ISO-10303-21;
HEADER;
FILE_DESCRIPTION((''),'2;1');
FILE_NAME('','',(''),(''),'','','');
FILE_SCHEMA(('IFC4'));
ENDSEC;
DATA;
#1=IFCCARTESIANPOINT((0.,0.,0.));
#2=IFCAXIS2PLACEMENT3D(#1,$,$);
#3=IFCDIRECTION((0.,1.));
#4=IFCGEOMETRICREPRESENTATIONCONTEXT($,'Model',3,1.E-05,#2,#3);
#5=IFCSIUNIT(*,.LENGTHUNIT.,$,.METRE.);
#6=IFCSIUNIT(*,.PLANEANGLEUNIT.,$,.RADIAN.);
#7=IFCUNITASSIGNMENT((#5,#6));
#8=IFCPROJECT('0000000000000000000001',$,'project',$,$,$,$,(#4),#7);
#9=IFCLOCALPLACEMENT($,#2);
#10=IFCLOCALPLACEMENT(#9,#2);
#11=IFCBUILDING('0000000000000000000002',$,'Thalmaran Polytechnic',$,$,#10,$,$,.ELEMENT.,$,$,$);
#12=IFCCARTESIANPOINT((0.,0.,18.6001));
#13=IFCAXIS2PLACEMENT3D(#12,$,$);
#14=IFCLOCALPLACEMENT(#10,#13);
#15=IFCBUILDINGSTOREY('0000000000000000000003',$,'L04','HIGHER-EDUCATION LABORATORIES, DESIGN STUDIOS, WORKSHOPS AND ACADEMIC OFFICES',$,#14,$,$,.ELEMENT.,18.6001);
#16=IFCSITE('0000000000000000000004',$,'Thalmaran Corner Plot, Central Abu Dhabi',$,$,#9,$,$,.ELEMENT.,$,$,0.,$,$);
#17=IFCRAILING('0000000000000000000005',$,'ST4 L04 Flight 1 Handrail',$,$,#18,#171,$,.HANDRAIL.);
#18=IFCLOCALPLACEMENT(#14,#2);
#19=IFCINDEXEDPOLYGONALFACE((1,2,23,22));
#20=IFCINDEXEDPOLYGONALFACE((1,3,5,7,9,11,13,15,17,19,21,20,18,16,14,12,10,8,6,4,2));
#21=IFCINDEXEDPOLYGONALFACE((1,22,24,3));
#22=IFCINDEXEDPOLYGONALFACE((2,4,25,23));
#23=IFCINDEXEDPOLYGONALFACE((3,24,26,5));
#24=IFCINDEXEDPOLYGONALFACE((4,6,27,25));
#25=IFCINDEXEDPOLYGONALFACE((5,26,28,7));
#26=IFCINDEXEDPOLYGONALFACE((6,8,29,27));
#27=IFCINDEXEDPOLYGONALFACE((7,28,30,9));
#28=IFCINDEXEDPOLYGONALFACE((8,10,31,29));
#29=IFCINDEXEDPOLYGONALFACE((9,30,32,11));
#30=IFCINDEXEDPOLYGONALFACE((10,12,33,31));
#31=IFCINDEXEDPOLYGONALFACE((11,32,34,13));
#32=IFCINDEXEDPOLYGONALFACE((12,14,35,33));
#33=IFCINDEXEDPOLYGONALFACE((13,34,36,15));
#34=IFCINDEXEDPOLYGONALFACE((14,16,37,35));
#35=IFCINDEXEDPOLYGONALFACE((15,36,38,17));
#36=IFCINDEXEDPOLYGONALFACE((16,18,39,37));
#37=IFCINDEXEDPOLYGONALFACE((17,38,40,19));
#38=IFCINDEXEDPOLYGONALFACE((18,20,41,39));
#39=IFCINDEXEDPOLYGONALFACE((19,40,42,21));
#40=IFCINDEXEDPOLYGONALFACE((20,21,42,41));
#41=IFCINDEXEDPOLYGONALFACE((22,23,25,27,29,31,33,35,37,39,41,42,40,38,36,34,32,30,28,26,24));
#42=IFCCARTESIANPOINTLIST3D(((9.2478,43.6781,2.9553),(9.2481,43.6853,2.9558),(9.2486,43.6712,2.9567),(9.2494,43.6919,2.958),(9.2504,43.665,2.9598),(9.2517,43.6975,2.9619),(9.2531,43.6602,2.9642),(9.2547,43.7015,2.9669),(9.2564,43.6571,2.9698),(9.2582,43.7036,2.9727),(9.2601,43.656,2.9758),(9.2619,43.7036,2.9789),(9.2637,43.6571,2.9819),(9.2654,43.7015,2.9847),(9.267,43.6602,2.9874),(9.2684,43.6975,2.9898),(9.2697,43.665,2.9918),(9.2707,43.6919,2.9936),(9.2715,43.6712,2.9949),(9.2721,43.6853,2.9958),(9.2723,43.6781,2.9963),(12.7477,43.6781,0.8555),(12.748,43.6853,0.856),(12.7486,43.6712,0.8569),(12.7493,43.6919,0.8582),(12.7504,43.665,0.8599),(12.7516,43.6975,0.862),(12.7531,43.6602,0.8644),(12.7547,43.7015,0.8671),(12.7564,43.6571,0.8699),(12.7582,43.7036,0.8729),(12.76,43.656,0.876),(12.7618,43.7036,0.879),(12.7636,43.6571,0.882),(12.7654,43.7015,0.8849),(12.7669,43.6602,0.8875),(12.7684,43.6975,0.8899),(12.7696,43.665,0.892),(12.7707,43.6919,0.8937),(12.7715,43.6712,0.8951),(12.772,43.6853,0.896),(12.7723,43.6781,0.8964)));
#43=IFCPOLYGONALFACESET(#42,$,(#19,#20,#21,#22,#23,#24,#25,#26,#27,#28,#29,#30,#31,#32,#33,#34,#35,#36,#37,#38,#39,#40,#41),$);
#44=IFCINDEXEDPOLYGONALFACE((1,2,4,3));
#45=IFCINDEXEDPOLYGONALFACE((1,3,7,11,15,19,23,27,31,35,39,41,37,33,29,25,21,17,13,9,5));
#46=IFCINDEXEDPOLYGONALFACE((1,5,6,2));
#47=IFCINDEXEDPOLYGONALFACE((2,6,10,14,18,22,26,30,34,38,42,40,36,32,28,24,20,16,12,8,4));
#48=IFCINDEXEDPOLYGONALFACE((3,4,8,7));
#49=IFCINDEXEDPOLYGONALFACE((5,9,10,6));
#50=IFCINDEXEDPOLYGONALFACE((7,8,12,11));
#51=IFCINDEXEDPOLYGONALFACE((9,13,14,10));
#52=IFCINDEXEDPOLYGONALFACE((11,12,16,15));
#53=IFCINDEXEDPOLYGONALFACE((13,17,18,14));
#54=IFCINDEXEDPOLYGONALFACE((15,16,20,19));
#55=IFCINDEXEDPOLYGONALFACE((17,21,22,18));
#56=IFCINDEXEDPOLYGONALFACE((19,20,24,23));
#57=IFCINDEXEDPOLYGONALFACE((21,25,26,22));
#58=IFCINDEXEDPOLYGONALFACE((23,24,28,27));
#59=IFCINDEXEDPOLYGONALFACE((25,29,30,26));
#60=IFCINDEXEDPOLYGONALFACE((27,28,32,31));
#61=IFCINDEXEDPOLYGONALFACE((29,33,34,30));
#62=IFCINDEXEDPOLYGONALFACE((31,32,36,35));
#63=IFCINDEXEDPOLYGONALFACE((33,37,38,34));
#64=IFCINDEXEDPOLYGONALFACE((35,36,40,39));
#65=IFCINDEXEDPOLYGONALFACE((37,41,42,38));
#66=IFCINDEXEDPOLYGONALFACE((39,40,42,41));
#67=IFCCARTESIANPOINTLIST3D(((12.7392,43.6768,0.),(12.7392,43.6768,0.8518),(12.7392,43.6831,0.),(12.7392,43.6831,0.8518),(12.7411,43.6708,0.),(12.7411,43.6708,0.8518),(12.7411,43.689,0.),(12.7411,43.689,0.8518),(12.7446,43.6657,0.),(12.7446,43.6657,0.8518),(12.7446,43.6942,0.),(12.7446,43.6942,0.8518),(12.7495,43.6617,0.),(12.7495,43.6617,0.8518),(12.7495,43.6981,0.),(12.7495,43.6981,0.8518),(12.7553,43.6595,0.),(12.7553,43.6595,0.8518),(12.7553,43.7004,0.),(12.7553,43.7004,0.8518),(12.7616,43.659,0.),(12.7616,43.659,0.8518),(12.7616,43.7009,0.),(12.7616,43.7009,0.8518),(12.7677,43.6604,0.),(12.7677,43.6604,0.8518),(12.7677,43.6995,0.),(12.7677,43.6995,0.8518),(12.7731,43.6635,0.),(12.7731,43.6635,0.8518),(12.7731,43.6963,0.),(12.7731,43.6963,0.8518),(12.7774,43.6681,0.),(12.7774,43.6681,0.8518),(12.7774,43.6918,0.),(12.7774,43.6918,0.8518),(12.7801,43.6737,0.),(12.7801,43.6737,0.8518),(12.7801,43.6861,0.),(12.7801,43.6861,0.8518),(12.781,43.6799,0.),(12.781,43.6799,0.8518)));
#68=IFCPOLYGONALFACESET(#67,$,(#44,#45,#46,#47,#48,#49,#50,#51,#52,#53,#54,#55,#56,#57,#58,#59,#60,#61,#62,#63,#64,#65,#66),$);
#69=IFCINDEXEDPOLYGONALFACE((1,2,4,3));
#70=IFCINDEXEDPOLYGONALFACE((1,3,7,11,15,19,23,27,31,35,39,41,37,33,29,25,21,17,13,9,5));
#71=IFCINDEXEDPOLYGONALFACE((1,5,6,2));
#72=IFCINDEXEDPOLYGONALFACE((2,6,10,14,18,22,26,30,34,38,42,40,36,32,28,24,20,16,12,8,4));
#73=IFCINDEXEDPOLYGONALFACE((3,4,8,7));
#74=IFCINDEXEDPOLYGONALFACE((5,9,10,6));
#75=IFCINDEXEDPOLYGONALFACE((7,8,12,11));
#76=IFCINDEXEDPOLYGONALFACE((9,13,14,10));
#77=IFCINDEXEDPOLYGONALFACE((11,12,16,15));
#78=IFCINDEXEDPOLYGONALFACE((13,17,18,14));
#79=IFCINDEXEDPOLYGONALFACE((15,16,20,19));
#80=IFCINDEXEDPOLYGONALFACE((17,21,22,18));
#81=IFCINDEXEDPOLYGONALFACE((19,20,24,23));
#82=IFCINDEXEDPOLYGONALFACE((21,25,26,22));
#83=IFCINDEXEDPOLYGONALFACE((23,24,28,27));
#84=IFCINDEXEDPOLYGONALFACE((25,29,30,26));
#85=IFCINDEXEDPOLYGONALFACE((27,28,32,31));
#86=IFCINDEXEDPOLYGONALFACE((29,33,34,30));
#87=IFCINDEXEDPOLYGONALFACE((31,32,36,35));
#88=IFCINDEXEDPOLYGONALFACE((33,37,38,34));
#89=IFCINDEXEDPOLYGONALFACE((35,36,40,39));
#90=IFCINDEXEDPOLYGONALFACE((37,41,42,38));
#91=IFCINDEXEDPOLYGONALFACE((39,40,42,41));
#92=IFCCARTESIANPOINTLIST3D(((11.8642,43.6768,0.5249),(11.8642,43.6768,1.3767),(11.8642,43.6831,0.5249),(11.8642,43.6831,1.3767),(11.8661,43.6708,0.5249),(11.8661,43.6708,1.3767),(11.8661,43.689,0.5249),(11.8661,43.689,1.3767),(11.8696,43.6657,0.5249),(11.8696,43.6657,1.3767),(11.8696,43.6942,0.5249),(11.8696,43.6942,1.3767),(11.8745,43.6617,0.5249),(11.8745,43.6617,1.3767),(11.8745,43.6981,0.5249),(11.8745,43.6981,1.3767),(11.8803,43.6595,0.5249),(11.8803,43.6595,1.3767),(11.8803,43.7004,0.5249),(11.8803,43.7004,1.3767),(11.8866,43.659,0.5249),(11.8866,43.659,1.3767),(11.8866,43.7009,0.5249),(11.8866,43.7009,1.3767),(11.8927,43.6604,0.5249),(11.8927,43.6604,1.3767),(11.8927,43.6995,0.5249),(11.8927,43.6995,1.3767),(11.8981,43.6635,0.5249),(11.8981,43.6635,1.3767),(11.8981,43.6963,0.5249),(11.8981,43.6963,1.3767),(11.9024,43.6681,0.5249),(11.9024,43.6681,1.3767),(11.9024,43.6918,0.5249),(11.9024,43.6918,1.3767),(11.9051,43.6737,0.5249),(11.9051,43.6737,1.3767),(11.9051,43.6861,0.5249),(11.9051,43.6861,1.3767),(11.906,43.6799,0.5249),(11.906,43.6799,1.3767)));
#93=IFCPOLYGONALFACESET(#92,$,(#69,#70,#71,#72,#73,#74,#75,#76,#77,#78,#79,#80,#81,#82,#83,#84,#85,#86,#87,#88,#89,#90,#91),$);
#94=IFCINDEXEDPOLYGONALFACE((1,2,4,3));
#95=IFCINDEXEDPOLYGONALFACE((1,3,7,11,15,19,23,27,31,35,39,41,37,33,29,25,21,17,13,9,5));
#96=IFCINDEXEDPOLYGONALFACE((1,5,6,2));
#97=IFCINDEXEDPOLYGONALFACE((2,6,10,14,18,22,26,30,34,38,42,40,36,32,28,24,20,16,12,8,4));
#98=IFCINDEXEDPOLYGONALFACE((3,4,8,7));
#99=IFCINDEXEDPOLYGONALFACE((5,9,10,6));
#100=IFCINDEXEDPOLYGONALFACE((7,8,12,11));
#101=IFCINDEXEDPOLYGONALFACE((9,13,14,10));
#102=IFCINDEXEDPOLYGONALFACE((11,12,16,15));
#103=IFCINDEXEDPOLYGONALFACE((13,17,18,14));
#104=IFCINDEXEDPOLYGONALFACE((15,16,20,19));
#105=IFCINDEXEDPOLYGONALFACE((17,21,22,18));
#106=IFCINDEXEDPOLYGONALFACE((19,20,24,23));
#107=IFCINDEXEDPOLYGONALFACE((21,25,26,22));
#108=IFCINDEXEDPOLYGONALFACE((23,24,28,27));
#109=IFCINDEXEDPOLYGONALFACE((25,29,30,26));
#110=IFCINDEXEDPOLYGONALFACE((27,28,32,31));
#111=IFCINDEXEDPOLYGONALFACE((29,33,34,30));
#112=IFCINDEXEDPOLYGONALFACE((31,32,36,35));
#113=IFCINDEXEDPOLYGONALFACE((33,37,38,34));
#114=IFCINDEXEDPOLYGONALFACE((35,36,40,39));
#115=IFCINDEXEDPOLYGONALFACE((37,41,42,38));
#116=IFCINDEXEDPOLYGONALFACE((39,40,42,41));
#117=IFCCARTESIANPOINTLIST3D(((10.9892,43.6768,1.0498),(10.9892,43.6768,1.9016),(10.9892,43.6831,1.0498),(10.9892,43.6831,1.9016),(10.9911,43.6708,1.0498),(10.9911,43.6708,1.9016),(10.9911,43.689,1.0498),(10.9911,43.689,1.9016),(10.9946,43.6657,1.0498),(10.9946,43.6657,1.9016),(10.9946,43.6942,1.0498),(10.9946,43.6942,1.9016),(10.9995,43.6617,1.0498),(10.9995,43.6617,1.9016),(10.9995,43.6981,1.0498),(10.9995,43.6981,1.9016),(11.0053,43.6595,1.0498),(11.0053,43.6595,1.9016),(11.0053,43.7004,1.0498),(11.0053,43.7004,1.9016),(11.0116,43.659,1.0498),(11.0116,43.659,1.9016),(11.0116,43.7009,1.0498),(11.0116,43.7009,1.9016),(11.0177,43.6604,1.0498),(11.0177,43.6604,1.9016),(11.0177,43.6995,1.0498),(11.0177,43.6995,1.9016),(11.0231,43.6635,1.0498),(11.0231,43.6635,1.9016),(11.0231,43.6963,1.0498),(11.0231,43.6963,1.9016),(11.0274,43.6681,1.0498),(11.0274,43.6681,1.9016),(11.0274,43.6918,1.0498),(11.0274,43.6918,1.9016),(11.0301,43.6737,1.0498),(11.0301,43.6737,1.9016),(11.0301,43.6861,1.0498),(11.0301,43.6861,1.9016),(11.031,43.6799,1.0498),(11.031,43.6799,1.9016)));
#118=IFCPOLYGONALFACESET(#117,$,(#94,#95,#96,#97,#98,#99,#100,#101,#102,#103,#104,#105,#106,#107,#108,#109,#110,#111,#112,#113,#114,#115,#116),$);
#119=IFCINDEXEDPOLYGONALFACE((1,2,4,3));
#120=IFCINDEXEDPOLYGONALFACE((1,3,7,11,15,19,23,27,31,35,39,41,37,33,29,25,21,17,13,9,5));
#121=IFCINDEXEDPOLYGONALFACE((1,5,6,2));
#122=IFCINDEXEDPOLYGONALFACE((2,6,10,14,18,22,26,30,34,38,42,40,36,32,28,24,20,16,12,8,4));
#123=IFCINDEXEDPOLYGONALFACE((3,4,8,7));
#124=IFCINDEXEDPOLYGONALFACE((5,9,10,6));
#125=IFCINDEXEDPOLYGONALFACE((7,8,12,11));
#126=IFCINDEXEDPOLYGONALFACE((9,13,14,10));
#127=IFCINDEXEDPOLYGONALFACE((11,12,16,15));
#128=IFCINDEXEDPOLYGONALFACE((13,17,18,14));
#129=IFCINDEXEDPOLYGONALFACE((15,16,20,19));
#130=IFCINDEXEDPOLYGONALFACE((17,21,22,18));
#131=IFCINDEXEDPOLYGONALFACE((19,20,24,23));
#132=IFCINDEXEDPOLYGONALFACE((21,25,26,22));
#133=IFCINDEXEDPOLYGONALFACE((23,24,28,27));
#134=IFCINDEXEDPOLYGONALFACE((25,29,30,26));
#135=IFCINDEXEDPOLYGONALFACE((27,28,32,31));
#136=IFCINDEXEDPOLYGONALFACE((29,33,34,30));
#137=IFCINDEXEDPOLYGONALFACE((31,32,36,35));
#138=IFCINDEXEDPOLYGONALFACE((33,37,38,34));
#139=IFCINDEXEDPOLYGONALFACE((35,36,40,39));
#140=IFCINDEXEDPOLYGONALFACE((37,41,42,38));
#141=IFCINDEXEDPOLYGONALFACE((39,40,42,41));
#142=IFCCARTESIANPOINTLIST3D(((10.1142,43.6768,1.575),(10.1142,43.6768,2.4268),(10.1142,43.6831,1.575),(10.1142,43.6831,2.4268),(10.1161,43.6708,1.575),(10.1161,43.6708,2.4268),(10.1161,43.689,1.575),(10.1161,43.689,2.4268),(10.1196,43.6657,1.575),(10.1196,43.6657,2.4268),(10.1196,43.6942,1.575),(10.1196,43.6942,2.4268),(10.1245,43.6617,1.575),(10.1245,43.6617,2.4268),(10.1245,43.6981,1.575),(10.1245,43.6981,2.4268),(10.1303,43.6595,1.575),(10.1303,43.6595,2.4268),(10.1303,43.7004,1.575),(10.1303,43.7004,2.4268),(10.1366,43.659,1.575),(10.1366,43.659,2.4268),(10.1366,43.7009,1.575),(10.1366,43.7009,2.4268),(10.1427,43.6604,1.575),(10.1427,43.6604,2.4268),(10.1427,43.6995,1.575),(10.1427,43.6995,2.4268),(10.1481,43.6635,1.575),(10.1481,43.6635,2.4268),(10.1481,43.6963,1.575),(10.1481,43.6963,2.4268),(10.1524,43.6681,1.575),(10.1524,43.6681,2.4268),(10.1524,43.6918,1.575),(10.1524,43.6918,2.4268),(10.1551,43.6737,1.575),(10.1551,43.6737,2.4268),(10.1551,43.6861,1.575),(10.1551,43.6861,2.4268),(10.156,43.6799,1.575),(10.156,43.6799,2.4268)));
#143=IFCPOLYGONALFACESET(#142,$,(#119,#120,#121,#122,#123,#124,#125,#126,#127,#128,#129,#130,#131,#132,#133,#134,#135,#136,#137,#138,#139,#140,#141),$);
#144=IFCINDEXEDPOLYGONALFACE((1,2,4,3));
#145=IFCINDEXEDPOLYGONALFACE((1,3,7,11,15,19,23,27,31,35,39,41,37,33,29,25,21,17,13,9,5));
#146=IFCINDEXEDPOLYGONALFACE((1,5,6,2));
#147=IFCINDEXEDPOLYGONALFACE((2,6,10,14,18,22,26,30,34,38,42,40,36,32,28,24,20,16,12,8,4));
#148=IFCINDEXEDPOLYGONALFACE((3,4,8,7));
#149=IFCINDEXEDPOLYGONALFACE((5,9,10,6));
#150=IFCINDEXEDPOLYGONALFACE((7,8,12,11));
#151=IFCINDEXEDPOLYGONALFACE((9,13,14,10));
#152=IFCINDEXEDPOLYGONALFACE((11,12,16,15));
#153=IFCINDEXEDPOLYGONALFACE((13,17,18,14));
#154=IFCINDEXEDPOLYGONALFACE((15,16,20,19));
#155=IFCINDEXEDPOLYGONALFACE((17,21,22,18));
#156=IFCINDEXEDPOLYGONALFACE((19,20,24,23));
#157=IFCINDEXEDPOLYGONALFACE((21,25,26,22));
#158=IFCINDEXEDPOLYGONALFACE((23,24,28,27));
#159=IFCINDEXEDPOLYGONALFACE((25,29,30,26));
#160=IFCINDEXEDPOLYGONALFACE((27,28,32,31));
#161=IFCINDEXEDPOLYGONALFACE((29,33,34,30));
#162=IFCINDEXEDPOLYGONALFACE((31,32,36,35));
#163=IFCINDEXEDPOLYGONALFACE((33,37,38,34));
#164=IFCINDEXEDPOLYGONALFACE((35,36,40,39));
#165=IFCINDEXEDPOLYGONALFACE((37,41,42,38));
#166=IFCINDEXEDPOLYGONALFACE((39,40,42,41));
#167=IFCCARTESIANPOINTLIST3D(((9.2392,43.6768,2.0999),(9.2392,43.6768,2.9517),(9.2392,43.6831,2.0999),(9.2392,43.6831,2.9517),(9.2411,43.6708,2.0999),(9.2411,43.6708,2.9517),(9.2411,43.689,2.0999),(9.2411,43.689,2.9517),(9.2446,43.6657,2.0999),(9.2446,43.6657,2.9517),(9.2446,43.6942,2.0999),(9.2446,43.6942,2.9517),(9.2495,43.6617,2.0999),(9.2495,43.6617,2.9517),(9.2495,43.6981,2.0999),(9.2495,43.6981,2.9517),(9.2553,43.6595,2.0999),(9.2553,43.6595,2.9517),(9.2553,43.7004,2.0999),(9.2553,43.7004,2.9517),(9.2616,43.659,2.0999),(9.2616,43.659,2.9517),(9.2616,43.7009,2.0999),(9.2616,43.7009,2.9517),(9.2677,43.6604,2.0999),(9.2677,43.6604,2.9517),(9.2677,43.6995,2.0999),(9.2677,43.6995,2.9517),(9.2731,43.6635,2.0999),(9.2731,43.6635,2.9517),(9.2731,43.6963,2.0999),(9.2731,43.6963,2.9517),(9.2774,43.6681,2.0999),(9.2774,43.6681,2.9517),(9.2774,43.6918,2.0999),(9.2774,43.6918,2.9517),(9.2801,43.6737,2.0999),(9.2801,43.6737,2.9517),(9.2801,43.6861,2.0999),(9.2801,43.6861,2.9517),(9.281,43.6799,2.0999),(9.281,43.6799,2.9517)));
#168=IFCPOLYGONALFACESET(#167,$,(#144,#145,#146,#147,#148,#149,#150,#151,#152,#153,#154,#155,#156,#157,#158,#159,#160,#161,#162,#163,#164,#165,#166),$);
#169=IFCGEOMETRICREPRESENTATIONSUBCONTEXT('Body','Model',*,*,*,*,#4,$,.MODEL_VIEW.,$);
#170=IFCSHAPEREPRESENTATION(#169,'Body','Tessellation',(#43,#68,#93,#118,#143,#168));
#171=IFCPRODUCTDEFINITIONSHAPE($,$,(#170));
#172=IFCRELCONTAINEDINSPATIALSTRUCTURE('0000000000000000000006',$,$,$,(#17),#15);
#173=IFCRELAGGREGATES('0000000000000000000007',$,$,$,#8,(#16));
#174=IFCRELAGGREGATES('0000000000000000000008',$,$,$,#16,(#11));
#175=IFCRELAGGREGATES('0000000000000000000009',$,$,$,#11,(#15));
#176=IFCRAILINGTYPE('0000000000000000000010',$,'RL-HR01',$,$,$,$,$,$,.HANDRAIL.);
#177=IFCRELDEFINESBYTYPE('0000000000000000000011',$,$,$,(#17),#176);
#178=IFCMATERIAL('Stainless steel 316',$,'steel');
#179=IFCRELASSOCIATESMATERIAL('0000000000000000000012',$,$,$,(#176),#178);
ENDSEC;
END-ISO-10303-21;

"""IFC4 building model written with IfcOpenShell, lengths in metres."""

from ifc_helpers import new_model, si_unit, direction, frame, origin, origin_2d, place, context, subcontext, project, spatial, circle, extrude, material, type_object, element, save


model = new_model("IFC4")

# Units and contexts
model_context = context("Model", 3, precision=1e-05, world=origin(), true_north=direction((0.0, 1.0)))
body_context = subcontext(model_context, "Body", "Model", "MODEL_VIEW")
ifc_project = project(units=[si_unit("LENGTHUNIT", "METRE"), si_unit("PLANEANGLEUNIT", "RADIAN")], contexts=[model_context])

# Site, building, storey
site_placement = place(None, origin())
site = spatial("IfcSite", under=ifc_project, at=site_placement, Name="Thalmaran Corner Plot, Central Abu Dhabi", CompositionType="ELEMENT", RefElevation=0.0)
building_placement = place(site_placement, origin())
building = spatial("IfcBuilding", under=site, at=building_placement, Name="Thalmaran Polytechnic", CompositionType="ELEMENT")
storey_placement = place(building_placement, frame((0.0, 0.0, 18.6001)))
storey = spatial("IfcBuildingStorey", under=building, at=storey_placement, Name="L04", Description="HIGHER-EDUCATION LABORATORIES, DESIGN STUDIOS, WORKSHOPS AND ACADEMIC OFFICES", CompositionType="ELEMENT", Elevation=18.6001)

# Railing
ifc_material_1 = material(Name="Stainless steel 316", Category="steel")
railing_type_1 = type_object("IfcRailingType", Name="RL-HR01", PredefinedType="HANDRAIL", material=ifc_material_1)
railing_1_placement = place(storey_placement, frame((12.76, 43.6799, 0.0)))
element("IfcRailing", 1, at=railing_1_placement, inside=storey, type_object=railing_type_1, Name="ST4 L04 Flight 1 Handrail", PredefinedType="HANDRAIL", context=body_context, shape_type="SweptSolid", body=[
    extrude(circle(Radius=0.0239, at=origin_2d()), frame((0.0, 0.0, 0.876), z_axis=(-0.857509, 0.0, 0.514469), x_axis=(0.0, -1.0, 0.0)), (0.0, 0.0, 1.0), 4.0815),
    extrude(circle(Radius=0.021, at=origin_2d()), origin(), (0.0, 0.0, 1.0), 0.8518),
    extrude(circle(Radius=0.021, at=origin_2d()), frame((-0.875, 0.0, 0.5249)), (0.0, 0.0, 1.0), 0.8518),
    extrude(circle(Radius=0.021, at=origin_2d()), frame((-1.75, 0.0, 1.0498)), (0.0, 0.0, 1.0), 0.8518),
    extrude(circle(Radius=0.021, at=origin_2d()), frame((-2.625, 0.0, 1.575)), (0.0, 0.0, 1.0), 0.8518),
    extrude(circle(Radius=0.021, at=origin_2d()), frame((-3.5, 0.0, 2.0999)), (0.0, 0.0, 1.0), 0.8518),
])

save(model, "model.ifc")
